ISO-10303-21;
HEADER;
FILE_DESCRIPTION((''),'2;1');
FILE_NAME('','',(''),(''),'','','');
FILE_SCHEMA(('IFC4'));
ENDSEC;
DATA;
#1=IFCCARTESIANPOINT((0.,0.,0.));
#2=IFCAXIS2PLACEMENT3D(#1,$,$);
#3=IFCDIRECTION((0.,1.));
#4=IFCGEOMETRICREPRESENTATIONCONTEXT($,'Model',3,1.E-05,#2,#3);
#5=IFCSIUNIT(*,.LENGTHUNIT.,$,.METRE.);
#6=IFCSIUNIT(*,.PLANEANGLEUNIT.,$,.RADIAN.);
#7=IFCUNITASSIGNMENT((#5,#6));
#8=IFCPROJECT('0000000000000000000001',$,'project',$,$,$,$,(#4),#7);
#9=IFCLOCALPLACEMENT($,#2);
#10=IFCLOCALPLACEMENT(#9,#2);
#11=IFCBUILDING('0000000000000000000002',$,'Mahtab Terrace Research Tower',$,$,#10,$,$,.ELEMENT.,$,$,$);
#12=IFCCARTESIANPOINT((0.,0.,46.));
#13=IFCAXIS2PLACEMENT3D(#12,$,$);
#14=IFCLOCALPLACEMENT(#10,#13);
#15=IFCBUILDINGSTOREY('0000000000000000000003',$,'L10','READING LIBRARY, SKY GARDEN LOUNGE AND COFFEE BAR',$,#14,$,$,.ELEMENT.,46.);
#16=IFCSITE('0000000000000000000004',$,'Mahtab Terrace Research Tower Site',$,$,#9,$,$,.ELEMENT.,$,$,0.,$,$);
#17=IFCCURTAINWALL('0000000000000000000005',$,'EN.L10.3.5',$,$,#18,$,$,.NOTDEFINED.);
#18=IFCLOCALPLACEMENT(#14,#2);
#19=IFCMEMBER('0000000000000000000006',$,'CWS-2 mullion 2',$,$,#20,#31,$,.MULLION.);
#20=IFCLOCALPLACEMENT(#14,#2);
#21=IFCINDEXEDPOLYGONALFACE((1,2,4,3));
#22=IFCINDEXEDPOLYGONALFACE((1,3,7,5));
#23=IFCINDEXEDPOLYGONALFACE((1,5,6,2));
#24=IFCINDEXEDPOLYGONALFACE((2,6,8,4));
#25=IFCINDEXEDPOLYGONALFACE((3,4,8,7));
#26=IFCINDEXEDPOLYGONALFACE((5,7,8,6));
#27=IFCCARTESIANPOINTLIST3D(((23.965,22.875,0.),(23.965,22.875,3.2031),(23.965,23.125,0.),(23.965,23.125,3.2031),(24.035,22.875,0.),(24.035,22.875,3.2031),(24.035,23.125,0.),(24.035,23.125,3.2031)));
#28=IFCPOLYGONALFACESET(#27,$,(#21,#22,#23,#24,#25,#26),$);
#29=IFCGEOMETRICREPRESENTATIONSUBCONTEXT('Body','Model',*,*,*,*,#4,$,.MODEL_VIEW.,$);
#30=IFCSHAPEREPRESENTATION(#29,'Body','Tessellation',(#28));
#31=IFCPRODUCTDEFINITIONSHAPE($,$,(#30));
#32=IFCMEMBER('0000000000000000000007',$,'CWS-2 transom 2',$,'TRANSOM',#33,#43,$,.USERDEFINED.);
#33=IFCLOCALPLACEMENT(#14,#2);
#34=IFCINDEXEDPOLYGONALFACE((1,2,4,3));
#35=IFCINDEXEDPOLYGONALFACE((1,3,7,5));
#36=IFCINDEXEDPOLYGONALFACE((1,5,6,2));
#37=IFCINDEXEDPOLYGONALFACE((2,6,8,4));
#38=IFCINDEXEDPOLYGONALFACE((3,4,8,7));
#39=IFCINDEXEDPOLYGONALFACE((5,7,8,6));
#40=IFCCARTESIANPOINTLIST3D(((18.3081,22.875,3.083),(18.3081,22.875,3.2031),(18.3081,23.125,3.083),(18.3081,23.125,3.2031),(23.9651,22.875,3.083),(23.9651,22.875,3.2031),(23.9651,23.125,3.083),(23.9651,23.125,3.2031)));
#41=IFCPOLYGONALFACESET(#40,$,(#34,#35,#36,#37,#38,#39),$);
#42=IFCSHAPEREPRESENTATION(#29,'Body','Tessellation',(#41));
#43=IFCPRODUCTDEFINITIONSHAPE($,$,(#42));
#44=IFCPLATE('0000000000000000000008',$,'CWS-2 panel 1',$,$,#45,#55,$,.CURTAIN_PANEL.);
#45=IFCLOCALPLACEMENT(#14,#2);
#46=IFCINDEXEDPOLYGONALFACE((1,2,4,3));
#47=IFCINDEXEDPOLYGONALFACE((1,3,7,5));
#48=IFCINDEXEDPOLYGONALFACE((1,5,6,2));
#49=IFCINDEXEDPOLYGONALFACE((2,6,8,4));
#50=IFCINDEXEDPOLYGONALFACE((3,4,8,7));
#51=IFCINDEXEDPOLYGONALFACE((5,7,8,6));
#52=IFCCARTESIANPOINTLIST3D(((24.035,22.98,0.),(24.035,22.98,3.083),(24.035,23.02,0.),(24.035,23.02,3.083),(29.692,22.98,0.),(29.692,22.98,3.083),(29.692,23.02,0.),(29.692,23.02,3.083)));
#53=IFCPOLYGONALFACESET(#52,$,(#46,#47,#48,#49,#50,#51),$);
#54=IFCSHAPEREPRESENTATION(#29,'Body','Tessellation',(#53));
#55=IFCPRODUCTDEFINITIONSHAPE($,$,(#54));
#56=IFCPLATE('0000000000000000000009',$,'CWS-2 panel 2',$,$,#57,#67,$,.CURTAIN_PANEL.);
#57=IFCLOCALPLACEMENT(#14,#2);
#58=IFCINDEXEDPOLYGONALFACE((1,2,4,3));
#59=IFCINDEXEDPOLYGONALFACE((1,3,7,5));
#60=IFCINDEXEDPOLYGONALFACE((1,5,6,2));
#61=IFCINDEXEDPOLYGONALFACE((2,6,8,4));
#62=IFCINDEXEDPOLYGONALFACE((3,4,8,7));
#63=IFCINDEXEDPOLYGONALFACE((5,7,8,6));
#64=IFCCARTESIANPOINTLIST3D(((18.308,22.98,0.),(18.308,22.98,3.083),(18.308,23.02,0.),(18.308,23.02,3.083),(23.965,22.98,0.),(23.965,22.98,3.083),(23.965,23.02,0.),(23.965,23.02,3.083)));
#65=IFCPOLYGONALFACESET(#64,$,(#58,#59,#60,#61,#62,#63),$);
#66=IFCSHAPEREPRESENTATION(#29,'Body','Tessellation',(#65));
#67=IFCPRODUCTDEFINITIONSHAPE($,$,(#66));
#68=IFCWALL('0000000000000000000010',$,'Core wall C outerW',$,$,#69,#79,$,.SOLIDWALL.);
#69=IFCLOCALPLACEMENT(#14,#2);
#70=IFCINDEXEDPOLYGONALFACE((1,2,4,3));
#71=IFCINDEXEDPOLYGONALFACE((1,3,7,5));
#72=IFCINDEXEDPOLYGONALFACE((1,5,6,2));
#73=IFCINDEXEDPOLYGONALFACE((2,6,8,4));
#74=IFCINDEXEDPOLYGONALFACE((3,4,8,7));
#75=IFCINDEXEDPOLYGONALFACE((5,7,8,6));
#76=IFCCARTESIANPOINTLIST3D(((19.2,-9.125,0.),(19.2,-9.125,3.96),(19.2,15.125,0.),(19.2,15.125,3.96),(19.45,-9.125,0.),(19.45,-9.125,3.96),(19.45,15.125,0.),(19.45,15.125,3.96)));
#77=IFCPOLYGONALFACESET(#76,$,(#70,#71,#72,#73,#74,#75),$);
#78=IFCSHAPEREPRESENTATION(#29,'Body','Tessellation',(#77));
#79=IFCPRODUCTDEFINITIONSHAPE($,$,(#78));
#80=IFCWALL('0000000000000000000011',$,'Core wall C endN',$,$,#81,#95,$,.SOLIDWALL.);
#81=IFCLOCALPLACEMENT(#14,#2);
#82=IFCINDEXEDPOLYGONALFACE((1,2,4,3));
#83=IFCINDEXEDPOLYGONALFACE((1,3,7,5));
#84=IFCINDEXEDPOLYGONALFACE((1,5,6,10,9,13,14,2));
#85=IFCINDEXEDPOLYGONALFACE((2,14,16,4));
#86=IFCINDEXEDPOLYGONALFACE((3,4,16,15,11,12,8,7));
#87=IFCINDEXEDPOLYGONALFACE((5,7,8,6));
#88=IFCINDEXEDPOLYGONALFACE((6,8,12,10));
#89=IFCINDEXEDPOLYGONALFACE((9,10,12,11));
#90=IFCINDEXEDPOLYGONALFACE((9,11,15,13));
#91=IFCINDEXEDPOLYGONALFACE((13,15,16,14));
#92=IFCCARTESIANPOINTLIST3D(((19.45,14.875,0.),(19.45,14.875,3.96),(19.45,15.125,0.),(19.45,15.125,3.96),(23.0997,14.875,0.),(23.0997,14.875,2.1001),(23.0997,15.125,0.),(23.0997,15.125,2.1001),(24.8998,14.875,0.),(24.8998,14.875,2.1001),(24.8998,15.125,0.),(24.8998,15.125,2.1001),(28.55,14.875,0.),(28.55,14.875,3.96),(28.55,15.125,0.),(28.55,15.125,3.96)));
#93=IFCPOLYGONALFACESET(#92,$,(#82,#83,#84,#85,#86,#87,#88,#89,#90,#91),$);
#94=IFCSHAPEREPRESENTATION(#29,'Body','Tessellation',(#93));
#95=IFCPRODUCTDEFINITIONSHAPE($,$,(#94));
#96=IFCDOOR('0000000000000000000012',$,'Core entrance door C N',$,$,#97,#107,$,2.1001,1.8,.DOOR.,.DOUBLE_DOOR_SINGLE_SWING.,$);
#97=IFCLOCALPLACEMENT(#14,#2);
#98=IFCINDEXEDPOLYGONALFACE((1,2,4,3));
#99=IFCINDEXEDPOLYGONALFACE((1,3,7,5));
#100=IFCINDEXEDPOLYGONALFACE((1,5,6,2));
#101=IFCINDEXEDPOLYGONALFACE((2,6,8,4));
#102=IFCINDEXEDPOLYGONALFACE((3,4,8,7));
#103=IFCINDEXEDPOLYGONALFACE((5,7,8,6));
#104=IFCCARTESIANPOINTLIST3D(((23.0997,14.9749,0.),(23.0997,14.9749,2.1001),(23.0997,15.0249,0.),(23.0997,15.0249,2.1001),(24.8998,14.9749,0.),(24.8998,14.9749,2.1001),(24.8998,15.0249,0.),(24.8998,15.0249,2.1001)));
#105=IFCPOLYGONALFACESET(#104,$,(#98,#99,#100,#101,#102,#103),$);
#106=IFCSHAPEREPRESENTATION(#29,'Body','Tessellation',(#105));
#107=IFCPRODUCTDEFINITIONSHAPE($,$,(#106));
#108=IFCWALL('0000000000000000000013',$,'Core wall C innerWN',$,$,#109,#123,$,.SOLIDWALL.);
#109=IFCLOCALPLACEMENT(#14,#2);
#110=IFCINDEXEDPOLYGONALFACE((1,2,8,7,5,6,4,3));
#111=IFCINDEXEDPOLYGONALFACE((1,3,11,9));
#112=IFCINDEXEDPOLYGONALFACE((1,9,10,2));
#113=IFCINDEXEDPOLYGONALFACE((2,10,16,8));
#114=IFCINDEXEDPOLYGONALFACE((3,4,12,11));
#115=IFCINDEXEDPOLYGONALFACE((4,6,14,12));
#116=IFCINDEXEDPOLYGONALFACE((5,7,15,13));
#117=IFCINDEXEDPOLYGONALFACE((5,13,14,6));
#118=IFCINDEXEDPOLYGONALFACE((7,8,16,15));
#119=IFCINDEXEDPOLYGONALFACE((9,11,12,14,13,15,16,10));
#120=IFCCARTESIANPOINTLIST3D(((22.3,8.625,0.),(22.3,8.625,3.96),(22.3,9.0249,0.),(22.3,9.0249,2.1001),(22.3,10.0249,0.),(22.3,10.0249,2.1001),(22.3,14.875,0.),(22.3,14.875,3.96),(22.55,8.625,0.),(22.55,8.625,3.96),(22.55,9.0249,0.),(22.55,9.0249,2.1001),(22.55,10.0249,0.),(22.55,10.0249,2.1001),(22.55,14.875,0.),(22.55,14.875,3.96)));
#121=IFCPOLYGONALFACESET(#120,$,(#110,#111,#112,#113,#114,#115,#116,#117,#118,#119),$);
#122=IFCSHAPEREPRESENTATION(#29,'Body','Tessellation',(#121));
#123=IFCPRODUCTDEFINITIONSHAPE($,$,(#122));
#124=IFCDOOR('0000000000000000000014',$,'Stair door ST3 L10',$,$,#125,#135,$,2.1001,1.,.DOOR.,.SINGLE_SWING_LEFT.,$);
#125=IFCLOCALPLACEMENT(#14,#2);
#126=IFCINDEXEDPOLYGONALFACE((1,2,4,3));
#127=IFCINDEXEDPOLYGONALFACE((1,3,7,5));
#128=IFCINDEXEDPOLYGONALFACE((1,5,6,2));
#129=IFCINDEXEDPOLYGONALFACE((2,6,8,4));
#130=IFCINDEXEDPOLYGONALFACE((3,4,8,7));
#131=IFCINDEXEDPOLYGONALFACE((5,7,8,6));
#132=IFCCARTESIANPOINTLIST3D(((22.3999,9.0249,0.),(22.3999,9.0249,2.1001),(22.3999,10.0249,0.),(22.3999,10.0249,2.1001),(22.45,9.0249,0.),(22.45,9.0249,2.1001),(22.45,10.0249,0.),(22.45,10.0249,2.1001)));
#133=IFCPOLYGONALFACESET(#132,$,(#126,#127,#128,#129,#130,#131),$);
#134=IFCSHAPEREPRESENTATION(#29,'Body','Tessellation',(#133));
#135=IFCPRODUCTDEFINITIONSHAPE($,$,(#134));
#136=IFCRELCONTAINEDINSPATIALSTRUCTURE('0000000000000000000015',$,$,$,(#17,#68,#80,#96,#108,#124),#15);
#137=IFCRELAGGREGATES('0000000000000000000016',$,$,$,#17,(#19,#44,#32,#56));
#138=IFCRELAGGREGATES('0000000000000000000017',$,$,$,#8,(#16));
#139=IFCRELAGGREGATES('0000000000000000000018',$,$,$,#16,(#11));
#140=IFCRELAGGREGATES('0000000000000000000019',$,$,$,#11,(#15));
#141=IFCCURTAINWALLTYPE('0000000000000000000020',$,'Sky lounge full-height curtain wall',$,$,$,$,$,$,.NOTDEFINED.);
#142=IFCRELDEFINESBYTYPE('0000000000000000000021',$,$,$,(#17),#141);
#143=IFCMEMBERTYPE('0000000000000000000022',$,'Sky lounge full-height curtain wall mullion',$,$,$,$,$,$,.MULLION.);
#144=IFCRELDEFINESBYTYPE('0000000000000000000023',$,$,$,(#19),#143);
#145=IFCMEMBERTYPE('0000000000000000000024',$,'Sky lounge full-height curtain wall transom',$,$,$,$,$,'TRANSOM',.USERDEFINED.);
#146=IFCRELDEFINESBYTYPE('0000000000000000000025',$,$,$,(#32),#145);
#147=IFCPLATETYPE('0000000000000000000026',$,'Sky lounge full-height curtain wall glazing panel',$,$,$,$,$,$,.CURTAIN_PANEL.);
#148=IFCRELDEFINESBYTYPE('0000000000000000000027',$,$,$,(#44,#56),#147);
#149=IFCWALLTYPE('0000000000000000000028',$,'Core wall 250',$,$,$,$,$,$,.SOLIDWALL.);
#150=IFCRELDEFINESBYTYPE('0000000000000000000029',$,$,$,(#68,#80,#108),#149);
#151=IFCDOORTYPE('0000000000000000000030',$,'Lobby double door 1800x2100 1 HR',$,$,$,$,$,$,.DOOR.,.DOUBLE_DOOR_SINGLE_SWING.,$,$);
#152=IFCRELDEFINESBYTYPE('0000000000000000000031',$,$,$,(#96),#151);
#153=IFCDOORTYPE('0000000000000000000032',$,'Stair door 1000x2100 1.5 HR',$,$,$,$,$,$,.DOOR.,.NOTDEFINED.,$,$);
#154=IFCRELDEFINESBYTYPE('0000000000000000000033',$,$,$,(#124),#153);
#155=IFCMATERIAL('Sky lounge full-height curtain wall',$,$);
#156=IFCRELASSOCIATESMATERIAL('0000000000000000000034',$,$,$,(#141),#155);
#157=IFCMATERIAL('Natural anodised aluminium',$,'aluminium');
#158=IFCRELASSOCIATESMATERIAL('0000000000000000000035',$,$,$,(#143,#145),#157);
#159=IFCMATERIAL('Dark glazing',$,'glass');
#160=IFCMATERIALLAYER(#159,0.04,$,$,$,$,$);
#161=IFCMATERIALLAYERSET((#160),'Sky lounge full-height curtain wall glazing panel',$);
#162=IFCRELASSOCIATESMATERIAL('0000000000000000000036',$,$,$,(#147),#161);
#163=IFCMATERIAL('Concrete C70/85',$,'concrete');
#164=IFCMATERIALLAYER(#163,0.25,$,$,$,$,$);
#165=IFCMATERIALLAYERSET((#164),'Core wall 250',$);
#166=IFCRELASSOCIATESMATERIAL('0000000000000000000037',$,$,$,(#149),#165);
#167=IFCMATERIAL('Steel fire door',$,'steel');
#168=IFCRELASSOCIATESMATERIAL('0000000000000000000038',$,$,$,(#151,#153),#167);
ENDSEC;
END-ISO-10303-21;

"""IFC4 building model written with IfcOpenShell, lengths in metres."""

from ifc_helpers import new_model, si_unit, direction, frame, frame_2d, origin, origin_2d, place, context, subcontext, project, spatial, rectangle, extrude, material, layer, layer_set, material_profile, profile_set, type_object, element, fill, aggregate, save


model = new_model("IFC4")

# Units and contexts
model_context = context("Model", 3, precision=1e-05, world=origin(), true_north=direction((0.0, 1.0)))
body_context = subcontext(model_context, "Body", "Model", "MODEL_VIEW")
ifc_project = project(units=[si_unit("LENGTHUNIT", "METRE"), si_unit("PLANEANGLEUNIT", "RADIAN")], contexts=[model_context])

# Site, building, storey
site_placement = place(None, origin())
site = spatial("IfcSite", under=ifc_project, at=site_placement, Name="Mahtab Terrace Research Tower Site", CompositionType="ELEMENT", RefElevation=0.0)
building_placement = place(site_placement, origin())
building = spatial("IfcBuilding", under=site, at=building_placement, Name="Mahtab Terrace Research Tower", CompositionType="ELEMENT")
storey_placement = place(building_placement, frame((0.0, 0.0, 46.0)))
storey = spatial("IfcBuildingStorey", under=building, at=storey_placement, Name="L10", Description="READING LIBRARY, SKY GARDEN LOUNGE AND COFFEE BAR", CompositionType="ELEMENT", Elevation=46.0)

# Curtain wall, members, plates
ifc_material_1 = material(Name="Sky lounge full-height curtain wall")
curtain_wall_type = type_object("IfcCurtainWallType", Name="Sky lounge full-height curtain wall", PredefinedType="NOTDEFINED", material=ifc_material_1)
curtain_wall_placement = place(storey_placement, origin())
curtain_wall = element("IfcCurtainWall", 1, at=curtain_wall_placement, inside=storey, type_object=curtain_wall_type, Name="EN.L10.3.5", PredefinedType="NOTDEFINED")
ifc_material_2 = material(Name="Natural anodised aluminium", Category="aluminium")
ifc_material_profile_1 = material_profile(ifc_material_2, rectangle(XDim=0.25, YDim=0.0701, at=origin_2d()), Name="MULLION 70x250")
ifc_profile_set_1 = profile_set([ifc_material_profile_1], Name="Natural anodised aluminium")
member_type_1 = type_object("IfcMemberType", Name="Sky lounge full-height curtain wall mullion", PredefinedType="MULLION", material=ifc_profile_set_1)
member_1_placement = place(storey_placement, frame((24.0, 23.0, 0.0), z_axis=(0.0, 0.0, 1.0), x_axis=(0.0, -1.0, 0.0)))
member_1 = element("IfcMember", 2, at=member_1_placement, type_object=member_type_1, Name="CWS-2 mullion 2", PredefinedType="MULLION", context=body_context, shape_type="SweptSolid", body=[
    extrude(rectangle(XDim=0.25, YDim=0.0701, at=origin_2d()), origin(), (0.0, 0.0, 1.0), 3.2031),
])
ifc_material_profile_2 = material_profile(ifc_material_2, rectangle(XDim=0.25, YDim=0.1201, at=origin_2d()), Name="TRANSOM 120x250")
ifc_profile_set_2 = profile_set([ifc_material_profile_2], Name="Natural anodised aluminium")
member_type_2 = type_object("IfcMemberType", Name="Sky lounge full-height curtain wall transom", ElementType="TRANSOM", PredefinedType="USERDEFINED", material=ifc_profile_set_2)
member_2_placement = place(storey_placement, frame((23.9651, 23.0, 3.1431), z_axis=(-1.0, 0.0, 0.0), x_axis=(0.0, -1.0, 0.0)))
member_2 = element("IfcMember", 3, at=member_2_placement, type_object=member_type_2, Name="CWS-2 transom 2", ObjectType="TRANSOM", PredefinedType="USERDEFINED", context=body_context, shape_type="SweptSolid", body=[
    extrude(rectangle(XDim=0.25, YDim=0.1201, at=origin_2d()), origin(), (0.0, 0.0, 1.0), 5.657),
])
ifc_material_3 = material(Name="Dark glazing", Category="glass")
ifc_layer_1 = layer(ifc_material_3, 0.04)
ifc_layer_set_1 = layer_set([ifc_layer_1], Name="Sky lounge full-height curtain wall glazing panel")
plate_type = type_object("IfcPlateType", Name="Sky lounge full-height curtain wall glazing panel", PredefinedType="CURTAIN_PANEL", material=ifc_layer_set_1)
plate_1_placement = place(storey_placement, frame((26.8635, 23.0, 0.0), z_axis=(0.0, 0.0, 1.0), x_axis=(-1.0, 0.0, 0.0)))
plate_1 = element("IfcPlate", 4, at=plate_1_placement, type_object=plate_type, Name="CWS-2 panel 1", PredefinedType="CURTAIN_PANEL", context=body_context, shape_type="SweptSolid", body=[
    extrude(rectangle(XDim=5.657, YDim=0.04, at=origin_2d()), origin(), (0.0, 0.0, 1.0), 3.083),
])
plate_2_placement = place(storey_placement, frame((21.1365, 23.0, 0.0), z_axis=(0.0, 0.0, 1.0), x_axis=(-1.0, 0.0, 0.0)))
plate_2 = element("IfcPlate", 5, at=plate_2_placement, type_object=plate_type, Name="CWS-2 panel 2", PredefinedType="CURTAIN_PANEL", context=body_context, shape_type="SweptSolid", body=[
    extrude(rectangle(XDim=5.657, YDim=0.04, at=origin_2d()), origin(), (0.0, 0.0, 1.0), 3.083),
])
aggregate(curtain_wall, [member_1, plate_1, member_2, plate_2])

# Wall
ifc_material_4 = material(Name="Concrete C70/85", Category="concrete")
ifc_layer_2 = layer(ifc_material_4, 0.25)
ifc_layer_set_2 = layer_set([ifc_layer_2], Name="Core wall 250")
wall_type_1 = type_object("IfcWallType", Name="Core wall 250", PredefinedType="SOLIDWALL", material=ifc_layer_set_2)
wall_1_placement = place(storey_placement, frame((19.325, 15.125, 0.0), z_axis=(0.0, 0.0, 1.0), x_axis=(0.0, -1.0, 0.0)))
element("IfcWall", 6, at=wall_1_placement, inside=storey, type_object=wall_type_1, Name="Core wall C outerW", PredefinedType="SOLIDWALL", context=body_context, shape_type="SweptSolid", body=[
    extrude(rectangle(XDim=24.25, YDim=0.25, at=frame_2d((12.125, 0.0))), origin(), (0.0, 0.0, 1.0), 3.96),
])

# Walls, openings, doors
wall_2_placement = place(storey_placement, frame((19.45, 15.0, 0.0), z_axis=(0.0, 0.0, 1.0), x_axis=(1.0, 0.0, 0.0)))
wall_2 = element("IfcWall", 7, at=wall_2_placement, inside=storey, type_object=wall_type_1, Name="Core wall C endN", PredefinedType="SOLIDWALL", context=body_context, shape_type="SweptSolid", body=[
    extrude(rectangle(XDim=9.1001, YDim=0.25, at=frame_2d((4.55, 0.0))), origin(), (0.0, 0.0, 1.0), 3.96),
])
opening_1_placement = place(wall_2_placement, frame((3.6499, 0.0, 0.0)))
opening_1 = element("IfcOpeningElement", 8, at=opening_1_placement, cuts=wall_2, PredefinedType="OPENING", context=body_context, shape_type="SweptSolid", body=[
    extrude(rectangle(XDim=1.8, YDim=2.1001, at=frame_2d((0.8999, 1.05))), frame((0.0, 0.135, 0.0), z_axis=(0.0, -1.0, 0.0), x_axis=(1.0, 0.0, 0.0)), (0.0, 0.0, 1.0), 0.27),
])
ifc_material_5 = material(Name="Steel fire door", Category="steel")
door_type_1 = type_object("IfcDoorType", Name="Lobby double door 1800x2100 1 HR", OperationType="DOUBLE_DOOR_SINGLE_SWING", PredefinedType="DOOR", material=ifc_material_5)
door_1_placement = place(opening_1_placement, origin())
door_1 = element("IfcDoor", 9, at=door_1_placement, inside=storey, type_object=door_type_1, Name="Core entrance door C N", OperationType="DOUBLE_DOOR_SINGLE_SWING", OverallHeight=2.1001, OverallWidth=1.8, PredefinedType="DOOR", context=body_context, shape_type="SweptSolid", body=[
    extrude(rectangle(XDim=1.8, YDim=2.1001, at=frame_2d((0.8999, 1.05))), frame((0.0, 0.0249, 0.0), z_axis=(0.0, -1.0, 0.0), x_axis=(1.0, 0.0, 0.0)), (0.0, 0.0, 1.0), 0.05),
])
fill(opening_1, door_1)
wall_3_placement = place(storey_placement, frame((22.425, 14.875, 0.0), z_axis=(0.0, 0.0, 1.0), x_axis=(0.0, -1.0, 0.0)))
wall_3 = element("IfcWall", 10, at=wall_3_placement, inside=storey, type_object=wall_type_1, Name="Core wall C innerWN", PredefinedType="SOLIDWALL", context=body_context, shape_type="SweptSolid", body=[
    extrude(rectangle(XDim=6.25, YDim=0.25, at=frame_2d((3.125, 0.0))), origin(), (0.0, 0.0, 1.0), 3.96),
])
opening_2_placement = place(wall_3_placement, frame((4.8501, 0.0, 0.0)))
opening_2 = element("IfcOpeningElement", 11, at=opening_2_placement, cuts=wall_3, PredefinedType="OPENING", context=body_context, shape_type="SweptSolid", body=[
    extrude(rectangle(XDim=1.0, YDim=2.1001, at=frame_2d((0.5, 1.05))), frame((0.0, 0.135, 0.0), z_axis=(0.0, -1.0, 0.0), x_axis=(1.0, 0.0, 0.0)), (0.0, 0.0, 1.0), 0.27),
])
door_type_2 = type_object("IfcDoorType", Name="Stair door 1000x2100 1.5 HR", OperationType="NOTDEFINED", PredefinedType="DOOR", material=ifc_material_5)
door_2_placement = place(opening_2_placement, origin())
door_2 = element("IfcDoor", 12, at=door_2_placement, inside=storey, type_object=door_type_2, Name="Stair door ST3 L10", OperationType="SINGLE_SWING_LEFT", OverallHeight=2.1001, OverallWidth=1.0, PredefinedType="DOOR", context=body_context, shape_type="SweptSolid", body=[
    extrude(rectangle(XDim=1.0, YDim=2.1001, at=frame_2d((0.5, 1.05))), frame((0.0, 0.0249, 0.0), z_axis=(0.0, -1.0, 0.0), x_axis=(1.0, 0.0, 0.0)), (0.0, 0.0, 1.0), 0.05),
])
fill(opening_2, door_2)

save(model, "model.ifc")
